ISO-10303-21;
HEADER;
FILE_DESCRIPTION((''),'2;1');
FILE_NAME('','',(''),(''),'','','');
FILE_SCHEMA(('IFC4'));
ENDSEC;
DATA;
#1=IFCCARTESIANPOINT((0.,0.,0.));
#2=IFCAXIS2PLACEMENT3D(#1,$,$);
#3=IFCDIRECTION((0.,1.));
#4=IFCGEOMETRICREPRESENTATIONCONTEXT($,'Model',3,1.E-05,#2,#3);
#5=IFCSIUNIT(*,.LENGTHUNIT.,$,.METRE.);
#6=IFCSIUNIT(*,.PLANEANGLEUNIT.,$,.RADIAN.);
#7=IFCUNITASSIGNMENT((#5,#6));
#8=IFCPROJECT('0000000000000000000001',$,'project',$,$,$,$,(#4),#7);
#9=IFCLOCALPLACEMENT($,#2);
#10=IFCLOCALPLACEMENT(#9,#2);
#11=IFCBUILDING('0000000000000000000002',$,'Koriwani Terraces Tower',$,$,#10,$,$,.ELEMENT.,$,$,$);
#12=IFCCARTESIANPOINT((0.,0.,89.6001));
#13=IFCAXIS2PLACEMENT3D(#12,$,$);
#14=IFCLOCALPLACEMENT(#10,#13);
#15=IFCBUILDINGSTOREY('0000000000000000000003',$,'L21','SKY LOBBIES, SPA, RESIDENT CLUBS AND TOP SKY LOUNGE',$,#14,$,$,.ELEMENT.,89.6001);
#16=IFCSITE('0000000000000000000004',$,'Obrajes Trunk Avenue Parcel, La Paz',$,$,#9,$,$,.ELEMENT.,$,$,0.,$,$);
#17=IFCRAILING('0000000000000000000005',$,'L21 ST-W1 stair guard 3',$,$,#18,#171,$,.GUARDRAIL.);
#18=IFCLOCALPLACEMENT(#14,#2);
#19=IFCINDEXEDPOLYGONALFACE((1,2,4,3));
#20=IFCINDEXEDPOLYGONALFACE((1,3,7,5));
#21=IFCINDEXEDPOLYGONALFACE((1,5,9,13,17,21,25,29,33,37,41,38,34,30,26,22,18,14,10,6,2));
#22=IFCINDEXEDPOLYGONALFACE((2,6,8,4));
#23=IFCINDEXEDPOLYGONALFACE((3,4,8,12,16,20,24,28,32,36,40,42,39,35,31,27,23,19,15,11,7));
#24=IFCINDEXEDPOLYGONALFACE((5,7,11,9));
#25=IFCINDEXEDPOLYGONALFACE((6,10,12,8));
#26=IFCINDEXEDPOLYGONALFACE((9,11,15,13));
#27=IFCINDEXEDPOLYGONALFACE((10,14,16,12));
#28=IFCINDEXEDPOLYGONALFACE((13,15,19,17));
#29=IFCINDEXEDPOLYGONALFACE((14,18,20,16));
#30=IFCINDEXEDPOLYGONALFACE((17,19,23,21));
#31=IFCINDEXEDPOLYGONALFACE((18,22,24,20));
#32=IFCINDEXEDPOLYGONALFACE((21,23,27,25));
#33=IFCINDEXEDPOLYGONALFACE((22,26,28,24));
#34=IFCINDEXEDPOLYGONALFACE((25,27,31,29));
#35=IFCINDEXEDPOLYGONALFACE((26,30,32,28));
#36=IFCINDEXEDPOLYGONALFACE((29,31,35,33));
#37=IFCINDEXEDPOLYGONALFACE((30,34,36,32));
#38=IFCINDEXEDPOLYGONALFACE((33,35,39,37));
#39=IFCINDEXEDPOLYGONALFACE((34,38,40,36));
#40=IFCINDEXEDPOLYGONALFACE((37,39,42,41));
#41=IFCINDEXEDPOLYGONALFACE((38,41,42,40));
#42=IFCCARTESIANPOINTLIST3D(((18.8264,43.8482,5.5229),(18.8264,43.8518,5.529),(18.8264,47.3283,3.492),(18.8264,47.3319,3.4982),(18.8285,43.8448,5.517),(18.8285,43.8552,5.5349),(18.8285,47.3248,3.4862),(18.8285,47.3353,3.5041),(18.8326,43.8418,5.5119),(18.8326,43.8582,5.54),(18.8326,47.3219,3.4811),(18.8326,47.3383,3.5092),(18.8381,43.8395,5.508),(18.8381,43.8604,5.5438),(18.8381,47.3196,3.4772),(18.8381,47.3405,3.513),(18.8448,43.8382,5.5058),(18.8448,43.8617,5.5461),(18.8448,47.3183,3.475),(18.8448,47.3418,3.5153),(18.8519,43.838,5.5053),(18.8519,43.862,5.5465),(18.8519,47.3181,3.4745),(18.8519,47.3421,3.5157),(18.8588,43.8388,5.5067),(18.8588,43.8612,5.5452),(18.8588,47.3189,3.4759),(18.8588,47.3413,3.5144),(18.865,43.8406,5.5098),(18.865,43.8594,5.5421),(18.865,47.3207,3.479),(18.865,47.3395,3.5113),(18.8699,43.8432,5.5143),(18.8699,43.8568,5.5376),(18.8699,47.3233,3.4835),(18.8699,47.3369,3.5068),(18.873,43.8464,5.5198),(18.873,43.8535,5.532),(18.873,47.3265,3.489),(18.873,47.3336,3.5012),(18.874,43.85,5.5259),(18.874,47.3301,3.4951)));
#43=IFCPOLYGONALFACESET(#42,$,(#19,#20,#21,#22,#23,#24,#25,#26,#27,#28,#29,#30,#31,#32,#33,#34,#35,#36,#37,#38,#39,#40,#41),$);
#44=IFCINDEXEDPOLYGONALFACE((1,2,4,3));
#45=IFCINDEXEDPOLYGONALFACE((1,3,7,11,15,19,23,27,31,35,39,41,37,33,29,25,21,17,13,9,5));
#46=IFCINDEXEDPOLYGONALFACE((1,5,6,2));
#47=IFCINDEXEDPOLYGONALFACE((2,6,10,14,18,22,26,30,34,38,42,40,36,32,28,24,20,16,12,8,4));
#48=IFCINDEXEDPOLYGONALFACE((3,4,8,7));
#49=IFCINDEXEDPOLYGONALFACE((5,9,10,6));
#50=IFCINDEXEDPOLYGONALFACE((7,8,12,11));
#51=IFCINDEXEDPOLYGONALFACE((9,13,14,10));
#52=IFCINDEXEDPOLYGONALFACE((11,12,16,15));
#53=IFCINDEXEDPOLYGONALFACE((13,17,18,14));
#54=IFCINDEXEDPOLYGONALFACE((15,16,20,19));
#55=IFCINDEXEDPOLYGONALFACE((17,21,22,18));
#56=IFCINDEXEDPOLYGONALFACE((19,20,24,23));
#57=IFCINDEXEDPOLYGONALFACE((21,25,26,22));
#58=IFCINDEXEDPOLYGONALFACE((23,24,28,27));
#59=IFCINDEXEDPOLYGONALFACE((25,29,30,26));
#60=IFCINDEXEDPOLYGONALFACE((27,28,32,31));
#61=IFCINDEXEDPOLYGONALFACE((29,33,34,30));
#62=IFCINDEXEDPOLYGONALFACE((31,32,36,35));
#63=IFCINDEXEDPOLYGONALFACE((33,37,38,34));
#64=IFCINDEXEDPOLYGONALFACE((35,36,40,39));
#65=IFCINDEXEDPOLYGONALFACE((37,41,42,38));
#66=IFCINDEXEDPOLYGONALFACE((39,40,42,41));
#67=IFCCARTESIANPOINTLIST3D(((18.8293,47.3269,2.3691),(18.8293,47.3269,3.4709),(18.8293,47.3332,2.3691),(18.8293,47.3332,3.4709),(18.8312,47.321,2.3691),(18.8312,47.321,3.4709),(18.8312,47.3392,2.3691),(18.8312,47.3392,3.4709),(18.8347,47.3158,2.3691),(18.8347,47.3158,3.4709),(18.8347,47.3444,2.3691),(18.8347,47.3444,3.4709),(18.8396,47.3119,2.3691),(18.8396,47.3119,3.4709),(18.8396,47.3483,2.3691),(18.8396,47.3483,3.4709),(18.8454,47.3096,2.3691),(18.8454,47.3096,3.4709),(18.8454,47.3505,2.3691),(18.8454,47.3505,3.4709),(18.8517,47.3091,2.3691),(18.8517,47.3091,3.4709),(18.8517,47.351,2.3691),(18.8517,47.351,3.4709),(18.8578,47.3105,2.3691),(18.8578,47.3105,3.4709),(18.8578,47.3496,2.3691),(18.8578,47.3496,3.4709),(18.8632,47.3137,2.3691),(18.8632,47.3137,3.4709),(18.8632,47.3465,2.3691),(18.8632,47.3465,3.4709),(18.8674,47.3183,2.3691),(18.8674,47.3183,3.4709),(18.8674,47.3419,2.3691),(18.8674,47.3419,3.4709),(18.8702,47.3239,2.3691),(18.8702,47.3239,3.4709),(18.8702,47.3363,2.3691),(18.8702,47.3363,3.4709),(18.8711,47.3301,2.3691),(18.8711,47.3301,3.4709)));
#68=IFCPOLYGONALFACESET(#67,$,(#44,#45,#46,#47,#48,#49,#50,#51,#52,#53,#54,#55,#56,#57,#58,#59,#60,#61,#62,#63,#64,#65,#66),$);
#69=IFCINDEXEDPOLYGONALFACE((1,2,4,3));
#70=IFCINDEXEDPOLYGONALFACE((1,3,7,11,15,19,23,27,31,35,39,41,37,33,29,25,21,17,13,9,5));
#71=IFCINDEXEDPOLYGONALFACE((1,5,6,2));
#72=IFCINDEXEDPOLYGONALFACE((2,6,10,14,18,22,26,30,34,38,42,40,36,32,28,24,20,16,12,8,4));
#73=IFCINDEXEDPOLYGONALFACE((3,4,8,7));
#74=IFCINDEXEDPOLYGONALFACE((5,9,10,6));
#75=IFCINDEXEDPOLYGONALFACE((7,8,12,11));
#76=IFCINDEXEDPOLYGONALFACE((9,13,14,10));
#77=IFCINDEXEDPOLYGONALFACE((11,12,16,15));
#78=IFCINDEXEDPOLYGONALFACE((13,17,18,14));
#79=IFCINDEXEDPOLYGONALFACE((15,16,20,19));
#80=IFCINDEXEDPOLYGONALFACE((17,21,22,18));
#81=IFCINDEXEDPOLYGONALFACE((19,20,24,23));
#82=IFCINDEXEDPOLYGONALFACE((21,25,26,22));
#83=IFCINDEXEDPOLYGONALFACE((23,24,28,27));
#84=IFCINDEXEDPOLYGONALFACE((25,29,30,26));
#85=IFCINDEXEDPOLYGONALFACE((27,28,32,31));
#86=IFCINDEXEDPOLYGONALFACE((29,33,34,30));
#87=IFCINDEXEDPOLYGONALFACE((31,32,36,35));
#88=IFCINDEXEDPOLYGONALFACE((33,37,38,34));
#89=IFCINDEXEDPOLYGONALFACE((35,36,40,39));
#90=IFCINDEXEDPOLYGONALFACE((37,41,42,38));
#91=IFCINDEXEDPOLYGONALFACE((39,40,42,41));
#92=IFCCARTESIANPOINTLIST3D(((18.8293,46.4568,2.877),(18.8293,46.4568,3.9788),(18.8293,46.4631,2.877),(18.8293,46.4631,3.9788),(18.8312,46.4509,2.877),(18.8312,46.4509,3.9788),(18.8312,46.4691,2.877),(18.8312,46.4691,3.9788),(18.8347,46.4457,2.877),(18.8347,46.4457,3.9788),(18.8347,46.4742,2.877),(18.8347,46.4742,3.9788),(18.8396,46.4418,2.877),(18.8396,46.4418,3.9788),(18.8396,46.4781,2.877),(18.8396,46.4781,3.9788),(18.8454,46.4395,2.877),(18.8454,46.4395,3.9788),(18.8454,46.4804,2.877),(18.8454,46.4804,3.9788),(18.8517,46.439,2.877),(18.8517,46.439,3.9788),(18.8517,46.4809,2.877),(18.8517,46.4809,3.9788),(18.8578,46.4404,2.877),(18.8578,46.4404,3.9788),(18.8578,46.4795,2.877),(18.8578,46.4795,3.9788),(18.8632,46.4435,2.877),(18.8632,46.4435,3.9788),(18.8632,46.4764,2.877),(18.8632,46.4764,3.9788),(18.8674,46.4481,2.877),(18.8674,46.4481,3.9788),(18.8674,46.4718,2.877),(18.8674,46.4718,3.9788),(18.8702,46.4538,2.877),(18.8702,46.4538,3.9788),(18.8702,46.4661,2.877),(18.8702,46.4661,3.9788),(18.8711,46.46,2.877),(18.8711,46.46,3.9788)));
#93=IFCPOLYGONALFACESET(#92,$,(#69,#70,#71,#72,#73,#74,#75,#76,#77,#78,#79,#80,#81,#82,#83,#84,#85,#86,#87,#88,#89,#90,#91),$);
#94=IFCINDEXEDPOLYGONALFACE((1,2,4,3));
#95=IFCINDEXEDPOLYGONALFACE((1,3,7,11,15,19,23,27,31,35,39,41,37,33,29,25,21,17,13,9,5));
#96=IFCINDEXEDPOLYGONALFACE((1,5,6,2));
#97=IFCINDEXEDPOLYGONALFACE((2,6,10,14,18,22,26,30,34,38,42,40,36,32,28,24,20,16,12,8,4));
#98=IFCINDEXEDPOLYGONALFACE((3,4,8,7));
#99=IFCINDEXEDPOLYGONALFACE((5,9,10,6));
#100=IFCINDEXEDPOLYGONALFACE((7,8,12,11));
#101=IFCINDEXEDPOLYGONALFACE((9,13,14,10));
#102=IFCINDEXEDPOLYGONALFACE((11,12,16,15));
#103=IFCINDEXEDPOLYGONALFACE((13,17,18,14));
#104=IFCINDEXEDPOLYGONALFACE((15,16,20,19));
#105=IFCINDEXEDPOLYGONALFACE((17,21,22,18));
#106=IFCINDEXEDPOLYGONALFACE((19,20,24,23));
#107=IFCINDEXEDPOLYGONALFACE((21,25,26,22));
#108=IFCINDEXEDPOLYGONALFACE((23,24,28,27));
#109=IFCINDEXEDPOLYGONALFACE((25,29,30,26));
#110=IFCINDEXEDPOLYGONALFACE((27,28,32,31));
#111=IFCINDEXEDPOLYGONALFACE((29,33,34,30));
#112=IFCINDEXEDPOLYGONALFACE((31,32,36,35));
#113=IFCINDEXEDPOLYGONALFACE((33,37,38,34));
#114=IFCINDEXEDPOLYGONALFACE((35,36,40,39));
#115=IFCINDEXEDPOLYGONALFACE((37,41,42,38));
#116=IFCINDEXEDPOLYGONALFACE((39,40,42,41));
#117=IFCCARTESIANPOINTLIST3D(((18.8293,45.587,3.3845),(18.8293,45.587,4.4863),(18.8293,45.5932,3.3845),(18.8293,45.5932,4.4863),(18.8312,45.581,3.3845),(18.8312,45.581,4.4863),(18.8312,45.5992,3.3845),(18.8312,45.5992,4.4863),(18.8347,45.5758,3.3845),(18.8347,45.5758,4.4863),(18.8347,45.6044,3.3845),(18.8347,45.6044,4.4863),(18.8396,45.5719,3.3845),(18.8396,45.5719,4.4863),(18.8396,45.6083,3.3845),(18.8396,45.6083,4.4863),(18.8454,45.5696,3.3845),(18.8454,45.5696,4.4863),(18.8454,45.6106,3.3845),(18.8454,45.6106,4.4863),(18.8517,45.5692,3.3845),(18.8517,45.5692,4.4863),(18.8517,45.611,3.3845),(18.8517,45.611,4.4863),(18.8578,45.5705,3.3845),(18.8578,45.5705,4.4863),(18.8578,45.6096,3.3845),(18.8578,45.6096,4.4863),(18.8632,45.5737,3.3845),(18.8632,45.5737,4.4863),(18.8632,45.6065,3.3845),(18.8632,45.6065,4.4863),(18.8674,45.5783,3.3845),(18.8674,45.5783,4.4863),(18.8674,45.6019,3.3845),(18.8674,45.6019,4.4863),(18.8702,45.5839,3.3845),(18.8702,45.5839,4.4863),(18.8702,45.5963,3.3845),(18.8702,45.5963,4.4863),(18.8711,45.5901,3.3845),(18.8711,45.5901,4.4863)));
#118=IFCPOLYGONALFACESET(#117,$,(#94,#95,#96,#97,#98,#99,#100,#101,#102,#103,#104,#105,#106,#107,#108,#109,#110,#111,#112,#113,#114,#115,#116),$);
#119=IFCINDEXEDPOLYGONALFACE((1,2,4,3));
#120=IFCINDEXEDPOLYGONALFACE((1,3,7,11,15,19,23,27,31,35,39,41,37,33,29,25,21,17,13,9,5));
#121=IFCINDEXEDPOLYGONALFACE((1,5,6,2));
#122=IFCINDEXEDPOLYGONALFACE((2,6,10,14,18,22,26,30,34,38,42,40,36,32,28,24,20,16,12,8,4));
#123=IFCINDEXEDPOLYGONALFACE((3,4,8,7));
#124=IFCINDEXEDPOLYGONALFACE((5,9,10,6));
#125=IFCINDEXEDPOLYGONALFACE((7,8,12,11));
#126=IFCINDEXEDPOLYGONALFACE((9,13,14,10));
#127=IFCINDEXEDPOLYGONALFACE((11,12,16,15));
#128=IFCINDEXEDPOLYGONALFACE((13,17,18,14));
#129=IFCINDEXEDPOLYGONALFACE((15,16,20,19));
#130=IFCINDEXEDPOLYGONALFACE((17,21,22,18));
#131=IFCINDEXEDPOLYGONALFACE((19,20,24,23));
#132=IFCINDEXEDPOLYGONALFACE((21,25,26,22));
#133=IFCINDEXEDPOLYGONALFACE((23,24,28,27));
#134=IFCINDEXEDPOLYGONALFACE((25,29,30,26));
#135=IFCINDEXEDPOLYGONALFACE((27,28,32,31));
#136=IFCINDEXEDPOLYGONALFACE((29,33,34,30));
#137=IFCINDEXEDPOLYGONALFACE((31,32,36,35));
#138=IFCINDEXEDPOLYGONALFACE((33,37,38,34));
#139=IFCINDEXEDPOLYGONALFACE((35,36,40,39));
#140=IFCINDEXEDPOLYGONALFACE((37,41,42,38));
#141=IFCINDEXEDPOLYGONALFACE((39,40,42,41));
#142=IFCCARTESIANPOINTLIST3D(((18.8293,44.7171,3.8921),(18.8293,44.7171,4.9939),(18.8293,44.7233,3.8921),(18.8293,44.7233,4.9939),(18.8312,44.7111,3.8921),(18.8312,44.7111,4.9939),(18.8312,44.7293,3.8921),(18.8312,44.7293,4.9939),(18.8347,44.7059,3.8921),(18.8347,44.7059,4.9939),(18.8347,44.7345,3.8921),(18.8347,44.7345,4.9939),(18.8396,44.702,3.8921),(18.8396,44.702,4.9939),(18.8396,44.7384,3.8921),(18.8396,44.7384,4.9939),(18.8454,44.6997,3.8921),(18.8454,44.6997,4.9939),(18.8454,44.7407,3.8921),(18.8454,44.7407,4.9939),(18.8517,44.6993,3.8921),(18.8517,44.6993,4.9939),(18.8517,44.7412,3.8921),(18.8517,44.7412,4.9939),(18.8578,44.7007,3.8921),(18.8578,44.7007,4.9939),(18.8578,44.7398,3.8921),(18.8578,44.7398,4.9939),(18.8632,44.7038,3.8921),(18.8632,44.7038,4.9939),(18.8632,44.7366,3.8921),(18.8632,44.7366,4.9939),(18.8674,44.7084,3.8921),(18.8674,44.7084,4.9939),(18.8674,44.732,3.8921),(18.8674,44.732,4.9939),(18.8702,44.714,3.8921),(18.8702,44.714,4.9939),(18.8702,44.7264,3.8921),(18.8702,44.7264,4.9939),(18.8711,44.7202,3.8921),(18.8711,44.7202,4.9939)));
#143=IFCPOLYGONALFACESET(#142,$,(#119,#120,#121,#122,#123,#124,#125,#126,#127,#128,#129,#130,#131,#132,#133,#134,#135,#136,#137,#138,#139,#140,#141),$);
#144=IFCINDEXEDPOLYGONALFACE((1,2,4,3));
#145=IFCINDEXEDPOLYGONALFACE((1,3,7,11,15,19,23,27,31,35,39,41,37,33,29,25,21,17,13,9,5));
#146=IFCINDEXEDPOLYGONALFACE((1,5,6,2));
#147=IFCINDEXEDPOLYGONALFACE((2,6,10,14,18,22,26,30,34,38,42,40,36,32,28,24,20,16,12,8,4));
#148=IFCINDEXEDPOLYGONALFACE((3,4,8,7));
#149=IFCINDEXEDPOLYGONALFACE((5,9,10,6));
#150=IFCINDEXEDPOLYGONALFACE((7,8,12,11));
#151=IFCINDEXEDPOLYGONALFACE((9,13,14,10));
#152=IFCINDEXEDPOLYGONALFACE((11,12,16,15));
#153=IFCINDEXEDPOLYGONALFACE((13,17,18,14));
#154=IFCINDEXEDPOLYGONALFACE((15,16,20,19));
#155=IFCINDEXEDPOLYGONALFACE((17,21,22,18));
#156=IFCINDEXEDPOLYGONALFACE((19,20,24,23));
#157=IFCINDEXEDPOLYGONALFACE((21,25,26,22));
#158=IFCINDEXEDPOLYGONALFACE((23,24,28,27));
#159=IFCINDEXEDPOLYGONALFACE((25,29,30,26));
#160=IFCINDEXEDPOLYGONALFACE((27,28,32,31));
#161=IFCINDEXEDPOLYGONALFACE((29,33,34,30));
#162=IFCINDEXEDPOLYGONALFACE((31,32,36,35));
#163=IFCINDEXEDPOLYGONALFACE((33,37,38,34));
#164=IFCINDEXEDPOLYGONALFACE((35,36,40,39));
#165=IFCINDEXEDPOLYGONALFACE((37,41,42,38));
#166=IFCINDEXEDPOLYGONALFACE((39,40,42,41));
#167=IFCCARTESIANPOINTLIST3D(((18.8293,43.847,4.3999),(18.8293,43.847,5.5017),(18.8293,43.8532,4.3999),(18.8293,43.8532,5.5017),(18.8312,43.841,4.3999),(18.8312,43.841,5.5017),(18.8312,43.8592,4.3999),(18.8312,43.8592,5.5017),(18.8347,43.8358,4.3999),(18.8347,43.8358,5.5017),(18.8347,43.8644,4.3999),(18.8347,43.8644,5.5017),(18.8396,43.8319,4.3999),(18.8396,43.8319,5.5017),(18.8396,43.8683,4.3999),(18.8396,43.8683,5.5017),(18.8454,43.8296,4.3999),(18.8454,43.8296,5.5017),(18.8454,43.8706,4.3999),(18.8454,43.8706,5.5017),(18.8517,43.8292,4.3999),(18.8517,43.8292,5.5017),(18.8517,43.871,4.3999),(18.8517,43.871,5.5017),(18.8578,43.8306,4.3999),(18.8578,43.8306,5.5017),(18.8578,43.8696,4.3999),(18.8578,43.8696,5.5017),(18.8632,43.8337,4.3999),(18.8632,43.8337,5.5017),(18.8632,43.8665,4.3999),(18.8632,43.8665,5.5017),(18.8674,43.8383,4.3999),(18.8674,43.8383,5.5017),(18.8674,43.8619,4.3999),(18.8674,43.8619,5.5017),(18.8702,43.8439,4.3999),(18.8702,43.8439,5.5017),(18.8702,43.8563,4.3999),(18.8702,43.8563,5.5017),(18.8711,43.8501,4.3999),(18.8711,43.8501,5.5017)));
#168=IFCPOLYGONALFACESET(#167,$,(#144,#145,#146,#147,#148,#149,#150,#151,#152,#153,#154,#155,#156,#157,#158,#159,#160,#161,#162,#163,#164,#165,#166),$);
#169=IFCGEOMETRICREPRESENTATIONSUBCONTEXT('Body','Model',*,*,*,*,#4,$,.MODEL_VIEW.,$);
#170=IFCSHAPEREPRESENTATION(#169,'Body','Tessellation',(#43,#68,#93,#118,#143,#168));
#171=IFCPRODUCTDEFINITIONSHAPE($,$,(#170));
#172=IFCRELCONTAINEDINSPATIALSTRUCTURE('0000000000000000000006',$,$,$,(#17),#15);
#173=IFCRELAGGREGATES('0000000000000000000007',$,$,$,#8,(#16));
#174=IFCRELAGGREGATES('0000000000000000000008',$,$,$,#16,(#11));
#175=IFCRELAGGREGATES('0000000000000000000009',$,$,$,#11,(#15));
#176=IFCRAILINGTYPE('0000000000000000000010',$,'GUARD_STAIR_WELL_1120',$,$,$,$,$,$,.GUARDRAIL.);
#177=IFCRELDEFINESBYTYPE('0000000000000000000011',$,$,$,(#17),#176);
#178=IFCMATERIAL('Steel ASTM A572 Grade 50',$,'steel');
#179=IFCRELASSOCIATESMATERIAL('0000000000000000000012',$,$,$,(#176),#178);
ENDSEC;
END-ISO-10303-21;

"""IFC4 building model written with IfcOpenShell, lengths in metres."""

from ifc_helpers import new_model, si_unit, direction, frame, origin, origin_2d, place, context, subcontext, project, spatial, circle, extrude, material, type_object, element, save


model = new_model("IFC4")

# Units and contexts
model_context = context("Model", 3, precision=1e-05, world=origin(), true_north=direction((0.0, 1.0)))
body_context = subcontext(model_context, "Body", "Model", "MODEL_VIEW")
ifc_project = project(units=[si_unit("LENGTHUNIT", "METRE"), si_unit("PLANEANGLEUNIT", "RADIAN")], contexts=[model_context])

# Site, building, storey
site_placement = place(None, origin())
site = spatial("IfcSite", under=ifc_project, at=site_placement, Name="Obrajes Trunk Avenue Parcel, La Paz", CompositionType="ELEMENT", RefElevation=0.0)
building_placement = place(site_placement, origin())
building = spatial("IfcBuilding", under=site, at=building_placement, Name="Koriwani Terraces Tower", CompositionType="ELEMENT")
storey_placement = place(building_placement, frame((0.0, 0.0, 89.6001)))
storey = spatial("IfcBuildingStorey", under=building, at=storey_placement, Name="L21", Description="SKY LOBBIES, SPA, RESIDENT CLUBS AND TOP SKY LOUNGE", CompositionType="ELEMENT", Elevation=89.6001)

# Shared definitions
ifc_material_1 = material(Name="Steel ASTM A572 Grade 50", Category="steel")

# Railing
railing_type_1 = type_object("IfcRailingType", Name="GUARD_STAIR_WELL_1120", PredefinedType="GUARDRAIL", material=ifc_material_1)
railing_1_placement = place(storey_placement, frame((18.8501, 47.3301, 2.3691)))
element("IfcRailing", 1, at=railing_1_placement, inside=storey, type_object=railing_type_1, Name="L21 ST-W1 stair guard 3", PredefinedType="GUARDRAIL", context=body_context, shape_type="SweptSolid", body=[
    extrude(circle(Radius=0.0239, at=origin_2d()), frame((0.0, 0.0, 1.126), z_axis=(0.0, -0.863695, 0.504014), x_axis=(1.0, 0.0, 0.0)), (0.0, 0.0, 1.0), 4.0293),
    extrude(circle(Radius=0.021, at=origin_2d()), origin(), (0.0, 0.0, 1.0), 1.1018),
    extrude(circle(Radius=0.021, at=origin_2d()), frame((0.0, -0.8701, 0.5078)), (0.0, 0.0, 1.0), 1.1018),
    extrude(circle(Radius=0.021, at=origin_2d()), frame((0.0, -1.74, 1.0154)), (0.0, 0.0, 1.0), 1.1018),
    extrude(circle(Radius=0.021, at=origin_2d()), frame((0.0, -2.6099, 1.5229)), (0.0, 0.0, 1.0), 1.1018),
    extrude(circle(Radius=0.021, at=origin_2d()), frame((0.0, -3.48, 2.0308)), (0.0, 0.0, 1.0), 1.1018),
])

save(model, "model.ifc")
